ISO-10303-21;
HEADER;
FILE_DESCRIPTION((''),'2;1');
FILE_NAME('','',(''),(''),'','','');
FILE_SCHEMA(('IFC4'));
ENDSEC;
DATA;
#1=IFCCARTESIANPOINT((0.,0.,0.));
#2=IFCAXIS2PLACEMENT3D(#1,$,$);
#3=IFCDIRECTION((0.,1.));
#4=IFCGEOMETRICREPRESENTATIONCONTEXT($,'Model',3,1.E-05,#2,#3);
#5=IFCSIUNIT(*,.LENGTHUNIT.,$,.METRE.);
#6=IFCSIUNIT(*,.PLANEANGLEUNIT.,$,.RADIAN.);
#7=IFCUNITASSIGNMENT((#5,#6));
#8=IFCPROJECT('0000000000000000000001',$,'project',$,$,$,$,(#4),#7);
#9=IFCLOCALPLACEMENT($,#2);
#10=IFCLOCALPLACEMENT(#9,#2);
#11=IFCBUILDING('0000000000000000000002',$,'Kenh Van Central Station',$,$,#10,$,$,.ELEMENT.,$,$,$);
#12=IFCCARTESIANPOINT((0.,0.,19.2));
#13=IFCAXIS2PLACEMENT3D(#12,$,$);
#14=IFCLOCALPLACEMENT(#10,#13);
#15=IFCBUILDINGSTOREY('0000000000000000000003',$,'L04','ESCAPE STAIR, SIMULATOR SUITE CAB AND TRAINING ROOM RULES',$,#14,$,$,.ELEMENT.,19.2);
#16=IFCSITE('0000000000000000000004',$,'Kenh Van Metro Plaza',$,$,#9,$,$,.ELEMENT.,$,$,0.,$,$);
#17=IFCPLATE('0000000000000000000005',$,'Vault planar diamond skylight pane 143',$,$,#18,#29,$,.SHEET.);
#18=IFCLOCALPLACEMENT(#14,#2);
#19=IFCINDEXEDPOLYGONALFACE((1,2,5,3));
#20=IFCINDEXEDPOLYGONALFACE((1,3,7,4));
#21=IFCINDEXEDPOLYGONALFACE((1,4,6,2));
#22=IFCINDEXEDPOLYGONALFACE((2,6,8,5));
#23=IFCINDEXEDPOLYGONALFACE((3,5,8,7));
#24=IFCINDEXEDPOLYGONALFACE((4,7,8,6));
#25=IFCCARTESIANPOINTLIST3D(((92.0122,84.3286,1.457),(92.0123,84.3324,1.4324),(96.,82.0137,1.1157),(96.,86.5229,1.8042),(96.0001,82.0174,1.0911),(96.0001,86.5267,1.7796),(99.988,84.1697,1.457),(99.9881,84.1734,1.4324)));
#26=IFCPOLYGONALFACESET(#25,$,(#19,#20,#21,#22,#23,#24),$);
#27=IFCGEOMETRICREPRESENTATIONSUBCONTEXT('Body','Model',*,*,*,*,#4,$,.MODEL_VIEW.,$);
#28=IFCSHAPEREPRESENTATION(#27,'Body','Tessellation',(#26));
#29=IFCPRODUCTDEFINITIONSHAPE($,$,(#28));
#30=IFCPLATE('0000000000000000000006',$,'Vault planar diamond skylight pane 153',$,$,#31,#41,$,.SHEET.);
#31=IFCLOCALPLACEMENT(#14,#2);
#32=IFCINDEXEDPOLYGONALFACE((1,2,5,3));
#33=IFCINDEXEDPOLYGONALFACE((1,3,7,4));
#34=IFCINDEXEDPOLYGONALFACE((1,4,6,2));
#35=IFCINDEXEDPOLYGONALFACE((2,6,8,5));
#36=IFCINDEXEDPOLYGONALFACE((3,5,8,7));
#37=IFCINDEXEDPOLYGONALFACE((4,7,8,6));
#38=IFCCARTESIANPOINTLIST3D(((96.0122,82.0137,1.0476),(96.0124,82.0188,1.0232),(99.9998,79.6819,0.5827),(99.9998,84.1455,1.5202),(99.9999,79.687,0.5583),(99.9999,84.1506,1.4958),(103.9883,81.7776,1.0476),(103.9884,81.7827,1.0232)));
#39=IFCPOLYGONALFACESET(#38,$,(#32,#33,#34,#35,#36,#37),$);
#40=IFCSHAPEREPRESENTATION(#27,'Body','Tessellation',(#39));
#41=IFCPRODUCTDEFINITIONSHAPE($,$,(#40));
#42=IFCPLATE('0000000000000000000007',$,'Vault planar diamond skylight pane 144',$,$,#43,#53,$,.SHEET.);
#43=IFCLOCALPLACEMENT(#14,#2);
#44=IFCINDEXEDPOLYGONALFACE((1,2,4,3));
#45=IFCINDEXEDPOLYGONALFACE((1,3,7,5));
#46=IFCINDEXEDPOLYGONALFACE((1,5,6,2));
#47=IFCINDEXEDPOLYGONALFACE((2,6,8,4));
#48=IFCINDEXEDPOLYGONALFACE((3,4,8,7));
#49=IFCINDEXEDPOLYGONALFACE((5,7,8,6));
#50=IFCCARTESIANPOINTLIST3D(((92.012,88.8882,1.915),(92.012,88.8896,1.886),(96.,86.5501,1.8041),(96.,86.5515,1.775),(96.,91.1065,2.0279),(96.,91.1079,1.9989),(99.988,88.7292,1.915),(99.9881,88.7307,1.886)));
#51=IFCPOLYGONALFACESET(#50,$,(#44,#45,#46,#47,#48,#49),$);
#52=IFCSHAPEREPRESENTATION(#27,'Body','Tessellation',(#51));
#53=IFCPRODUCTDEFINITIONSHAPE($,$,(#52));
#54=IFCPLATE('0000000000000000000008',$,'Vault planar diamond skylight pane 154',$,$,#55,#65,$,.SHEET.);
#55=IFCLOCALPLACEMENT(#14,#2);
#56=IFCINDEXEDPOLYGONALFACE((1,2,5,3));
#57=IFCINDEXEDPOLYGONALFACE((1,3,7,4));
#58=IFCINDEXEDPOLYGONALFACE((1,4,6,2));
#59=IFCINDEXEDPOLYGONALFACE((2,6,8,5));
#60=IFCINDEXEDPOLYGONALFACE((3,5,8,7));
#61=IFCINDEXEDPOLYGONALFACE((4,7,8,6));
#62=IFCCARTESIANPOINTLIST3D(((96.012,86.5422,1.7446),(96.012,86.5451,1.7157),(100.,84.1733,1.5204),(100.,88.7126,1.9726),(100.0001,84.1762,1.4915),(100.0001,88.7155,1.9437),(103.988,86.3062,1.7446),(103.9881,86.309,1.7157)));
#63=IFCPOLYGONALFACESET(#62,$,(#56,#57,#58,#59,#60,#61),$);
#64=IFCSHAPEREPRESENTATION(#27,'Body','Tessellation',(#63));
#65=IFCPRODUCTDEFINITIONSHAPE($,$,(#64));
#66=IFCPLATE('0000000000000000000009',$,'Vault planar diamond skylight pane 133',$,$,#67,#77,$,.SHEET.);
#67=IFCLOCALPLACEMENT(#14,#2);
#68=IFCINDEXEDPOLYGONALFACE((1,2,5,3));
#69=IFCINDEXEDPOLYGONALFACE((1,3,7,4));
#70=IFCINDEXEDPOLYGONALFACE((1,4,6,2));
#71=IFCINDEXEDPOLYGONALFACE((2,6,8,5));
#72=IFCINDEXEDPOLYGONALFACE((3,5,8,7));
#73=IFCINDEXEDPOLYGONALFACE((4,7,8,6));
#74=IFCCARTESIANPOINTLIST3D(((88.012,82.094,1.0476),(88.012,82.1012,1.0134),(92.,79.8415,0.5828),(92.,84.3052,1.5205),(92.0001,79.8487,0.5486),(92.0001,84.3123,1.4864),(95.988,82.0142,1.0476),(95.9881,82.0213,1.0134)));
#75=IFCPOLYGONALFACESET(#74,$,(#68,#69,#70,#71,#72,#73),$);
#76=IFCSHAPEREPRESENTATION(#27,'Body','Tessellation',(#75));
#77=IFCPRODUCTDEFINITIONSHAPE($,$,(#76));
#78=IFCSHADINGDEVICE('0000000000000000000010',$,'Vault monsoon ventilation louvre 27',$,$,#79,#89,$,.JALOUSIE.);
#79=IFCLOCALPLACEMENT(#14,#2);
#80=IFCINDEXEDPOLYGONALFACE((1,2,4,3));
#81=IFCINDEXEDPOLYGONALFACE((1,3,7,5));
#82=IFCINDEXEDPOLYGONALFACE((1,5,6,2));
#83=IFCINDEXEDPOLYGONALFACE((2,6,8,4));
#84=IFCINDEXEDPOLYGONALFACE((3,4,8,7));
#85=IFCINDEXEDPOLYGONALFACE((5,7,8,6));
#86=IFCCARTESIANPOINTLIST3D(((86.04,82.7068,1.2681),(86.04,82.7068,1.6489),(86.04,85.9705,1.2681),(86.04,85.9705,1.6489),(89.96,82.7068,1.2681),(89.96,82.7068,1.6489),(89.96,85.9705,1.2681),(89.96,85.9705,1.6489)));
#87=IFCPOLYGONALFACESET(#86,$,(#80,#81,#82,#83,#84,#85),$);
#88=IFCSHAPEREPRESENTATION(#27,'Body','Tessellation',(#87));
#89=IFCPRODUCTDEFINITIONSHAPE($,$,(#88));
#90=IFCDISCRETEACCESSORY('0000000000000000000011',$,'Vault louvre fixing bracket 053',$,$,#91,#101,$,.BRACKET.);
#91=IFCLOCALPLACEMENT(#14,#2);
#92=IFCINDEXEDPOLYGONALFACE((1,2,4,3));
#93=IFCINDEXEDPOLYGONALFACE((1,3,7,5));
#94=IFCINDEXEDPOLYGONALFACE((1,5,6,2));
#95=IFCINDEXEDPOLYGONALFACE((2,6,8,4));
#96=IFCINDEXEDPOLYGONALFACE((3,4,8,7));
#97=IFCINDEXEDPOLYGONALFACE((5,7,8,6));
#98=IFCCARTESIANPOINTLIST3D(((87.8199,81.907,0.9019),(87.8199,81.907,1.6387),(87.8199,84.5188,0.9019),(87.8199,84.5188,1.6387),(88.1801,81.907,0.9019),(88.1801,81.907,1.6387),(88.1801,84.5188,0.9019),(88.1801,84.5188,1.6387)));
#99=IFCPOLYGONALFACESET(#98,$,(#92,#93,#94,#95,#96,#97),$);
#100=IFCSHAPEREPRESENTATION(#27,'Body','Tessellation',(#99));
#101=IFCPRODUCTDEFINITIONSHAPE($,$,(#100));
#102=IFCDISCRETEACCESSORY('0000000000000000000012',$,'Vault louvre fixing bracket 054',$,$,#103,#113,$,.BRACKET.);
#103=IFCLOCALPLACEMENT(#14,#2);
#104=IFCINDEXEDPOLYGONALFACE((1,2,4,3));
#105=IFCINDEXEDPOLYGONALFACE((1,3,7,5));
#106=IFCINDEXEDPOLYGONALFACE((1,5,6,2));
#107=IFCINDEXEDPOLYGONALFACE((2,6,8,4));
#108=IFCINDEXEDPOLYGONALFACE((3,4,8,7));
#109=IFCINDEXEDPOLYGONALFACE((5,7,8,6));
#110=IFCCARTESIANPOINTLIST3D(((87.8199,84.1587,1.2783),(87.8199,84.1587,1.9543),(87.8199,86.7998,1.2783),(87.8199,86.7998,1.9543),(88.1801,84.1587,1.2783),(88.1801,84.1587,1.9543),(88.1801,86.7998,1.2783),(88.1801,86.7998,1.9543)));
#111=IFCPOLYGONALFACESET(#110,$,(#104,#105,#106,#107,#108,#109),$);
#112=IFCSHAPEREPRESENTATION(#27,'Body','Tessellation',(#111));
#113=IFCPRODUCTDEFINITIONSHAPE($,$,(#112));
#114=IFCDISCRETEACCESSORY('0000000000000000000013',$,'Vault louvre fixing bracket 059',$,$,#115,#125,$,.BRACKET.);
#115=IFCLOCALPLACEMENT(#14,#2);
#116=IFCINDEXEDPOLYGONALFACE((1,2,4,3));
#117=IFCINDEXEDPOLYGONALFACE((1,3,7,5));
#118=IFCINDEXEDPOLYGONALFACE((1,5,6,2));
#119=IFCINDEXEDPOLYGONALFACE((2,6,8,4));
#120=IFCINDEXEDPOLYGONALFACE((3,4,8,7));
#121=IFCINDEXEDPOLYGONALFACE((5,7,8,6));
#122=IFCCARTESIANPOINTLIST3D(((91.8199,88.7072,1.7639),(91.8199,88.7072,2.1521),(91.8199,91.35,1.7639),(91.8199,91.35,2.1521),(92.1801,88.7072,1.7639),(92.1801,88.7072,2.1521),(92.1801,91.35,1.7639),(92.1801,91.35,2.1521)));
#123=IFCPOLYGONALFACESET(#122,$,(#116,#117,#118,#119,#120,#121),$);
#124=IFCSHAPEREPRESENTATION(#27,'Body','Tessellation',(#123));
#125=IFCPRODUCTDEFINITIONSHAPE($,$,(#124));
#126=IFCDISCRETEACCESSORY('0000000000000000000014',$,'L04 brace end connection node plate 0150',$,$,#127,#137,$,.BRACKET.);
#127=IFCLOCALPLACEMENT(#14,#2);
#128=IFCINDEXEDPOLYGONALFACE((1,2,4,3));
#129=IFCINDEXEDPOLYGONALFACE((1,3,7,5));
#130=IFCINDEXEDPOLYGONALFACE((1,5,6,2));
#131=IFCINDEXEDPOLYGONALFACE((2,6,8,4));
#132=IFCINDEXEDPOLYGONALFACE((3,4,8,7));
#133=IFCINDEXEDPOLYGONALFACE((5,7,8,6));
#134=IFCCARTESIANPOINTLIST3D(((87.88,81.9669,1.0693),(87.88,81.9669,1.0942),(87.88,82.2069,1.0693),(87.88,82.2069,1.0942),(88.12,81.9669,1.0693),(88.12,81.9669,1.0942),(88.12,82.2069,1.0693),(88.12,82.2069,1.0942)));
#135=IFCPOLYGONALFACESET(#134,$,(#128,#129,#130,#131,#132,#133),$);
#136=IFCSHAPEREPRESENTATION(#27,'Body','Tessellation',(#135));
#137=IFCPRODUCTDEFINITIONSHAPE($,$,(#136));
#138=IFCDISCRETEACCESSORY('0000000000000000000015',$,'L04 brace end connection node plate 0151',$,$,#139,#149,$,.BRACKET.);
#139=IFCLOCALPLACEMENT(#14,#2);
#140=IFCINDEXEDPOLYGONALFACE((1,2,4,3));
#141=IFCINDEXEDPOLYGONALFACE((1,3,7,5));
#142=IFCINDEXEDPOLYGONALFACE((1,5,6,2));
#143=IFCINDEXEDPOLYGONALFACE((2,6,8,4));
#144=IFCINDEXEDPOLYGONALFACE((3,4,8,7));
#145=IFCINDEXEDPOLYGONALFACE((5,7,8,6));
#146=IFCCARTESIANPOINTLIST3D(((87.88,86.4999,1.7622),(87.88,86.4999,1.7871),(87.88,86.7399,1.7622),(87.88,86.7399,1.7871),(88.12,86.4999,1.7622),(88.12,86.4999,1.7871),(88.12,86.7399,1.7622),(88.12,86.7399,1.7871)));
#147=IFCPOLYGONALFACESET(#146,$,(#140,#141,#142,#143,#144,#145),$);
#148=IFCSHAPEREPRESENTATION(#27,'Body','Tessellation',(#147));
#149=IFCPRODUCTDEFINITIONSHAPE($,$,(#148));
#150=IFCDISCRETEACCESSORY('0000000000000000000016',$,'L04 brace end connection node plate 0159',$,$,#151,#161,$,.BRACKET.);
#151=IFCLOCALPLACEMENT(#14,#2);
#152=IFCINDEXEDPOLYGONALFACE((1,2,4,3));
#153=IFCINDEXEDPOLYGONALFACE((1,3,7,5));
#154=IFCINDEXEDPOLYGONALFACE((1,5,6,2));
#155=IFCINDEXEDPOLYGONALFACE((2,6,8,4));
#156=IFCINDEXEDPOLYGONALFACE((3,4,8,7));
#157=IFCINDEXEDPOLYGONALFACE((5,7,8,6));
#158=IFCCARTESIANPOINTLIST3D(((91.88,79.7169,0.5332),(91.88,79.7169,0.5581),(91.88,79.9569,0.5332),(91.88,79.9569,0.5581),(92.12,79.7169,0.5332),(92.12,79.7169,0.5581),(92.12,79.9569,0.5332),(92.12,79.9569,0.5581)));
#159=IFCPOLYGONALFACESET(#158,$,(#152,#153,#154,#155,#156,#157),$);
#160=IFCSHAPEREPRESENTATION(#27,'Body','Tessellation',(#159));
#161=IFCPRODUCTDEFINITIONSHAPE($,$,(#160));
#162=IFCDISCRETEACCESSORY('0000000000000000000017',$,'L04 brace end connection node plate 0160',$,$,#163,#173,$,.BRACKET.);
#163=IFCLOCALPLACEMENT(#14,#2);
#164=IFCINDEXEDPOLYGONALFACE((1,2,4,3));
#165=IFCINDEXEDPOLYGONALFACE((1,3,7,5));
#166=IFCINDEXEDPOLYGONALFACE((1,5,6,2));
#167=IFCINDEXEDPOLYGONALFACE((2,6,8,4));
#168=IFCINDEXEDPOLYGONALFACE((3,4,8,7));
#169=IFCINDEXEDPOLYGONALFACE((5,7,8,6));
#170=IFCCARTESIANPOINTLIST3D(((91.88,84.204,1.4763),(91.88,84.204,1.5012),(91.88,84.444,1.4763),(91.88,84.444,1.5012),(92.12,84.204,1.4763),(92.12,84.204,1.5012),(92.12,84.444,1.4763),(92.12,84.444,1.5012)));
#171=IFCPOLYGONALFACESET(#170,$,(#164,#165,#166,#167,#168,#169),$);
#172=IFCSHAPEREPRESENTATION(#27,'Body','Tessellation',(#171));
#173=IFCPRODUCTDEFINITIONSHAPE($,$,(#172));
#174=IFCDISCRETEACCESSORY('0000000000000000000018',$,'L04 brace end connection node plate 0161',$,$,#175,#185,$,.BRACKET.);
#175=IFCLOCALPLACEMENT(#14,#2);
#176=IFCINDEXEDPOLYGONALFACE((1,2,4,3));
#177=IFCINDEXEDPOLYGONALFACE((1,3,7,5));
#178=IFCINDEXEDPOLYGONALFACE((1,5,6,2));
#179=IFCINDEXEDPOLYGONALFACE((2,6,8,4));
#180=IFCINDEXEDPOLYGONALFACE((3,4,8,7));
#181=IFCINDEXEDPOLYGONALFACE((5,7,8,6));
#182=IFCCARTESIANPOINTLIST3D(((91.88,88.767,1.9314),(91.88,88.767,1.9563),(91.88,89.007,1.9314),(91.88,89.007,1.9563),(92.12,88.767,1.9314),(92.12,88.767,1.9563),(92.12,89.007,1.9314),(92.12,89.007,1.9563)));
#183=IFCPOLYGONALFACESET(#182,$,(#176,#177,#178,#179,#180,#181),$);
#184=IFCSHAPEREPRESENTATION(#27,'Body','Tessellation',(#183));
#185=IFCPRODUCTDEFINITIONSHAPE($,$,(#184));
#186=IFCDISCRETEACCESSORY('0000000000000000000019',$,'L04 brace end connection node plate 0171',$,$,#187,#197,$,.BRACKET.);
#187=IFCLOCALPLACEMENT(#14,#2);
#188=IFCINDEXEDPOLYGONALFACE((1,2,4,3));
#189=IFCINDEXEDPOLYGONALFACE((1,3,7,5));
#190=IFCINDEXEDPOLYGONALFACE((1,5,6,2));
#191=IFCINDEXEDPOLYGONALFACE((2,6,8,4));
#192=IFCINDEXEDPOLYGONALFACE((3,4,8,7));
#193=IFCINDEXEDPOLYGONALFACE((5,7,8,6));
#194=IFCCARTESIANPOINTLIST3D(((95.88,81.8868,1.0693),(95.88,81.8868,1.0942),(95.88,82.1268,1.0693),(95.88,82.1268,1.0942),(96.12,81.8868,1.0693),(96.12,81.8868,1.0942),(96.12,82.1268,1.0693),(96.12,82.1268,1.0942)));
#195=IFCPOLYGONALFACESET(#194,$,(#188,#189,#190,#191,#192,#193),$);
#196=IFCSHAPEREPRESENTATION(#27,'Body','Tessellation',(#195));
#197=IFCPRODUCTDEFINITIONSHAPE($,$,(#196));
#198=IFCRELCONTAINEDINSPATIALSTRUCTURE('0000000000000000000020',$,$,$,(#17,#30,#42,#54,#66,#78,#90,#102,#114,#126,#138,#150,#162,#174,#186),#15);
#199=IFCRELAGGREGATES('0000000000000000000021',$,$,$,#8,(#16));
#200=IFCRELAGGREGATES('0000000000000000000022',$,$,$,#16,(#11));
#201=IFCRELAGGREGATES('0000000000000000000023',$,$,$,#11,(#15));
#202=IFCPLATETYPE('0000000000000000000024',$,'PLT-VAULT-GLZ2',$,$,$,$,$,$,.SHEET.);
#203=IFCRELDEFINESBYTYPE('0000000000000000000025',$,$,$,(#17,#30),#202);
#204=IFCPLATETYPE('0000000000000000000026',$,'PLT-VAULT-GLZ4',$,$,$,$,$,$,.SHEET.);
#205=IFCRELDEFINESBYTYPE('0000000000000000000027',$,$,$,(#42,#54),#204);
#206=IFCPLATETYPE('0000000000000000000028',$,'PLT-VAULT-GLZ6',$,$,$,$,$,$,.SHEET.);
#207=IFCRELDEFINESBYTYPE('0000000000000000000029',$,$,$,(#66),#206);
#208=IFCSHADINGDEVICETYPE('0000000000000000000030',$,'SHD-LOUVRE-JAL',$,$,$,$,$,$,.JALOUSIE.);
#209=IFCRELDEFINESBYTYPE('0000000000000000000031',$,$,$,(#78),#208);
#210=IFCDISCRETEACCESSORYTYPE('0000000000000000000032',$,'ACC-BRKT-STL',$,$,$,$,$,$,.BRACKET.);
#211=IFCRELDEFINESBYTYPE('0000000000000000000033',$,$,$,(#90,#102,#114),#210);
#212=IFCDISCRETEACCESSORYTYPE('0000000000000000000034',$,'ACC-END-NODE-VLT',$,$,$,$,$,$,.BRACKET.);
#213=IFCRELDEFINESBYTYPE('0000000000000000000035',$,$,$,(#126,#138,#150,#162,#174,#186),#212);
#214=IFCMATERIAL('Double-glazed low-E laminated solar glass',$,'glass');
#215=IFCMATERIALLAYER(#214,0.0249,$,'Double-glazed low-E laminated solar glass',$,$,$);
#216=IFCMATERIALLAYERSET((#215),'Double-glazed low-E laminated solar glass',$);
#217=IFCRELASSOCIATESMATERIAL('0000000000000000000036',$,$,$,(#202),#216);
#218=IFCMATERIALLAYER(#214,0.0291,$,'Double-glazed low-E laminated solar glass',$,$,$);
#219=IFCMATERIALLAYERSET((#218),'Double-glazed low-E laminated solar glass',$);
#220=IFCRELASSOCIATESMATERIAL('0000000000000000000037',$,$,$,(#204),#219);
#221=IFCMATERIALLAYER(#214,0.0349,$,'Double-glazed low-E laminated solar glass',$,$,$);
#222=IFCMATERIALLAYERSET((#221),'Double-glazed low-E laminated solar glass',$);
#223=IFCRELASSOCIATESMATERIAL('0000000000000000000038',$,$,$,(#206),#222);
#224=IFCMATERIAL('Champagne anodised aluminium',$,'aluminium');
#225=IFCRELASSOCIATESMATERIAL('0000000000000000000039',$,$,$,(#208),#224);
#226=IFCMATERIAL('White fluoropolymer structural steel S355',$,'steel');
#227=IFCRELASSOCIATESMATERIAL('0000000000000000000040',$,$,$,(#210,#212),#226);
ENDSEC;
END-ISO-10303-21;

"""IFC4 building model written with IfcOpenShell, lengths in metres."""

from ifc_helpers import new_model, si_unit, direction, frame, origin, origin_2d, place, context, subcontext, project, spatial, polyline, rectangle, outline, extrude, material, layer, layer_set, type_object, element, save


model = new_model("IFC4")

# Units and contexts
model_context = context("Model", 3, precision=1e-05, world=origin(), true_north=direction((0.0, 1.0)))
body_context = subcontext(model_context, "Body", "Model", "MODEL_VIEW")
ifc_project = project(units=[si_unit("LENGTHUNIT", "METRE"), si_unit("PLANEANGLEUNIT", "RADIAN")], contexts=[model_context])

# Site, building, storey
site_placement = place(None, origin())
site = spatial("IfcSite", under=ifc_project, at=site_placement, Name="Kenh Van Metro Plaza", CompositionType="ELEMENT", RefElevation=0.0)
building_placement = place(site_placement, origin())
building = spatial("IfcBuilding", under=site, at=building_placement, Name="Kenh Van Central Station", CompositionType="ELEMENT")
storey_placement = place(building_placement, frame((0.0, 0.0, 19.2)))
storey = spatial("IfcBuildingStorey", under=building, at=storey_placement, Name="L04", Description="ESCAPE STAIR, SIMULATOR SUITE CAB AND TRAINING ROOM RULES", CompositionType="ELEMENT", Elevation=19.2)

# Shared definitions
ifc_material_1 = material(Name="White fluoropolymer structural steel S355", Category="steel")

# Plates
ifc_material_2 = material(Name="Double-glazed low-E laminated solar glass", Category="glass")
ifc_layer_1 = layer(ifc_material_2, 0.0249, Name="Double-glazed low-E laminated solar glass")
ifc_layer_set_1 = layer_set([ifc_layer_1], Name="Double-glazed low-E laminated solar glass")
plate_type_1 = type_object("IfcPlateType", Name="PLT-VAULT-GLZ2", PredefinedType="SHEET", material=ifc_layer_set_1)
plate_1_placement = place(storey_placement, frame((92.0122, 84.3286, 1.457), z_axis=(-0.003008, -0.15093, 0.98854), x_axis=(0.862481, -0.500676, -0.073819)))
element("IfcPlate", 1, at=plate_1_placement, inside=storey, type_object=plate_type_1, Name="Vault planar diamond skylight pane 143", PredefinedType="SHEET", context=body_context, shape_type="SweptSolid", body=[
    extrude(outline(polyline([(0.0, 0.0), (4.6236, 0.0), (6.9586, 3.9009), (2.3151, 3.9343), (0.0, 0.0)])), origin(), (0.0, 0.0, -1.0), 0.0249),
])
plate_2_placement = place(storey_placement, frame((96.0122, 82.0137, 1.0476), z_axis=(-0.006084, -0.205543, 0.978629), x_axis=(0.858902, -0.502252, -0.100149)))
element("IfcPlate", 2, at=plate_2_placement, inside=storey, type_object=plate_type_1, Name="Vault planar diamond skylight pane 153", PredefinedType="SHEET", context=body_context, shape_type="SweptSolid", body=[
    extrude(outline(polyline([(0.0, 0.0), (4.6426, 0.0), (6.9692, 3.8863), (2.3069, 3.9175), (0.0, 0.0)])), origin(), (0.0, 0.0, -1.0), 0.0249),
])
ifc_layer_2 = layer(ifc_material_2, 0.0291, Name="Double-glazed low-E laminated solar glass")
ifc_layer_set_2 = layer_set([ifc_layer_2], Name="Double-glazed low-E laminated solar glass")
plate_type_2 = type_object("IfcPlateType", Name="PLT-VAULT-GLZ4", PredefinedType="SHEET", material=ifc_layer_set_2)
plate_3_placement = place(storey_placement, frame((92.012, 88.8882, 1.915), z_axis=(-0.000978, -0.049075, 0.998795), x_axis=(0.86242, -0.505624, -0.023999)))
element("IfcPlate", 3, at=plate_3_placement, inside=storey, type_object=plate_type_2, Name="Vault planar diamond skylight pane 144", PredefinedType="SHEET", context=body_context, shape_type="SweptSolid", body=[
    extrude(outline(polyline([(0.0, 0.0), (4.6242, 0.0), (6.9591, 3.9005), (2.315, 3.9343), (0.0, 0.0)])), origin(), (0.0, 0.0, -1.0), 0.0291),
])
plate_4_placement = place(storey_placement, frame((96.012, 86.5422, 1.7446), z_axis=(-0.002934, -0.099116, 0.995072), x_axis=(0.858756, -0.510105, -0.048278)))
element("IfcPlate", 4, at=plate_4_placement, inside=storey, type_object=plate_type_2, Name="Vault planar diamond skylight pane 154", PredefinedType="SHEET", context=body_context, shape_type="SweptSolid", body=[
    extrude(outline(polyline([(0.0, 0.0), (4.644, 0.0), (6.9699, 3.885), (2.3066, 3.9175), (0.0, 0.0)])), origin(), (0.0, 0.0, -1.0), 0.0291),
])
ifc_layer_3 = layer(ifc_material_2, 0.0349, Name="Double-glazed low-E laminated solar glass")
ifc_layer_set_3 = layer_set([ifc_layer_3], Name="Double-glazed low-E laminated solar glass")
plate_type_3 = type_object("IfcPlateType", Name="PLT-VAULT-GLZ6", PredefinedType="SHEET", material=ifc_layer_set_3)
plate_5_placement = place(storey_placement, frame((88.012, 82.094, 1.0476), z_axis=(-0.002058, -0.205597, 0.978635), x_axis=(0.866269, -0.489269, -0.100967)))
element("IfcPlate", 5, at=plate_5_placement, inside=storey, type_object=plate_type_3, Name="Vault planar diamond skylight pane 133", PredefinedType="SHEET", context=body_context, shape_type="SweptSolid", body=[
    extrude(outline(polyline([(0.0, 0.0), (4.6037, 0.0), (6.9485, 3.917), (2.3251, 3.9511), (0.0, 0.0)])), origin(), (0.0, 0.0, -1.0), 0.0349),
])

# Shading device
ifc_material_3 = material(Name="Champagne anodised aluminium", Category="aluminium")
shading_device_type = type_object("IfcShadingDeviceType", Name="SHD-LOUVRE-JAL", PredefinedType="JALOUSIE", material=ifc_material_3)
shading_device_placement = place(storey_placement, frame((88.0, 84.3386, 1.2681), z_axis=(0.0, 0.0, 1.0), x_axis=(1.0, 0.0, 0.0)))
element("IfcShadingDevice", 6, at=shading_device_placement, inside=storey, type_object=shading_device_type, Name="Vault monsoon ventilation louvre 27", PredefinedType="JALOUSIE", context=body_context, shape_type="SweptSolid", body=[
    extrude(rectangle(XDim=3.9199, YDim=3.2637, at=origin_2d()), origin(), (0.0, 0.0, 1.0), 0.3809),
])

# Discrete accessories
discrete_accessory_type_1 = type_object("IfcDiscreteAccessoryType", Name="ACC-BRKT-STL", PredefinedType="BRACKET", material=ifc_material_1)
discrete_accessory_1_placement = place(storey_placement, frame((88.0, 83.2129, 0.9019), z_axis=(0.0, 0.0, 1.0), x_axis=(1.0, 0.0, 0.0)))
element("IfcDiscreteAccessory", 7, at=discrete_accessory_1_placement, inside=storey, type_object=discrete_accessory_type_1, Name="Vault louvre fixing bracket 053", PredefinedType="BRACKET", context=body_context, shape_type="SweptSolid", body=[
    extrude(rectangle(XDim=0.3601, YDim=2.6118, at=origin_2d()), origin(), (0.0, 0.0, 1.0), 0.7368),
])
discrete_accessory_2_placement = place(storey_placement, frame((88.0, 85.4792, 1.2783), z_axis=(0.0, 0.0, 1.0), x_axis=(1.0, 0.0, 0.0)))
element("IfcDiscreteAccessory", 8, at=discrete_accessory_2_placement, inside=storey, type_object=discrete_accessory_type_1, Name="Vault louvre fixing bracket 054", PredefinedType="BRACKET", context=body_context, shape_type="SweptSolid", body=[
    extrude(rectangle(XDim=0.3601, YDim=2.6411, at=origin_2d()), origin(), (0.0, 0.0, 1.0), 0.676),
])
discrete_accessory_3_placement = place(storey_placement, frame((92.0, 90.0286, 1.7639), z_axis=(0.0, 0.0, 1.0), x_axis=(1.0, 0.0, 0.0)))
element("IfcDiscreteAccessory", 9, at=discrete_accessory_3_placement, inside=storey, type_object=discrete_accessory_type_1, Name="Vault louvre fixing bracket 059", PredefinedType="BRACKET", context=body_context, shape_type="SweptSolid", body=[
    extrude(rectangle(XDim=0.3601, YDim=2.6428, at=origin_2d()), origin(), (0.0, 0.0, 1.0), 0.3882),
])
discrete_accessory_type_2 = type_object("IfcDiscreteAccessoryType", Name="ACC-END-NODE-VLT", PredefinedType="BRACKET", material=ifc_material_1)
for number, where, z_axis, x_axis, name in (
    (10, (88.0, 82.0869, 1.0693), (0.0, 0.0, 1.0), (1.0, 0.0, 0.0), "L04 brace end connection node plate 0150"),
    (11, (88.0, 86.6199, 1.7622), (0.0, 0.0, 1.0), (1.0, 0.0, 0.0), "L04 brace end connection node plate 0151"),
    (12, (92.0, 79.8369, 0.5332), (0.0, 0.0, 1.0), (1.0, 0.0, 0.0), "L04 brace end connection node plate 0159"),
    (13, (92.0, 84.324, 1.4763), (0.0, 0.0, 1.0), (1.0, 0.0, 0.0), "L04 brace end connection node plate 0160"),
    (14, (92.0, 88.887, 1.9314), (0.0, 0.0, 1.0), (1.0, 0.0, 0.0), "L04 brace end connection node plate 0161"),
    (15, (96.0, 82.0068, 1.0693), (0.0, 0.0, 1.0), (1.0, 0.0, 0.0), "L04 brace end connection node plate 0171"),
):
    element("IfcDiscreteAccessory", number, at=place(storey_placement, frame(where, z_axis=z_axis, x_axis=x_axis)), inside=storey, type_object=discrete_accessory_type_2, Name=name, PredefinedType="BRACKET", context=body_context, shape_type="SweptSolid", body=[
        extrude(rectangle(XDim=0.24, YDim=0.24, at=origin_2d()), origin(), (0.0, 0.0, 1.0), 0.0249),
    ])

save(model, "model.ifc")
